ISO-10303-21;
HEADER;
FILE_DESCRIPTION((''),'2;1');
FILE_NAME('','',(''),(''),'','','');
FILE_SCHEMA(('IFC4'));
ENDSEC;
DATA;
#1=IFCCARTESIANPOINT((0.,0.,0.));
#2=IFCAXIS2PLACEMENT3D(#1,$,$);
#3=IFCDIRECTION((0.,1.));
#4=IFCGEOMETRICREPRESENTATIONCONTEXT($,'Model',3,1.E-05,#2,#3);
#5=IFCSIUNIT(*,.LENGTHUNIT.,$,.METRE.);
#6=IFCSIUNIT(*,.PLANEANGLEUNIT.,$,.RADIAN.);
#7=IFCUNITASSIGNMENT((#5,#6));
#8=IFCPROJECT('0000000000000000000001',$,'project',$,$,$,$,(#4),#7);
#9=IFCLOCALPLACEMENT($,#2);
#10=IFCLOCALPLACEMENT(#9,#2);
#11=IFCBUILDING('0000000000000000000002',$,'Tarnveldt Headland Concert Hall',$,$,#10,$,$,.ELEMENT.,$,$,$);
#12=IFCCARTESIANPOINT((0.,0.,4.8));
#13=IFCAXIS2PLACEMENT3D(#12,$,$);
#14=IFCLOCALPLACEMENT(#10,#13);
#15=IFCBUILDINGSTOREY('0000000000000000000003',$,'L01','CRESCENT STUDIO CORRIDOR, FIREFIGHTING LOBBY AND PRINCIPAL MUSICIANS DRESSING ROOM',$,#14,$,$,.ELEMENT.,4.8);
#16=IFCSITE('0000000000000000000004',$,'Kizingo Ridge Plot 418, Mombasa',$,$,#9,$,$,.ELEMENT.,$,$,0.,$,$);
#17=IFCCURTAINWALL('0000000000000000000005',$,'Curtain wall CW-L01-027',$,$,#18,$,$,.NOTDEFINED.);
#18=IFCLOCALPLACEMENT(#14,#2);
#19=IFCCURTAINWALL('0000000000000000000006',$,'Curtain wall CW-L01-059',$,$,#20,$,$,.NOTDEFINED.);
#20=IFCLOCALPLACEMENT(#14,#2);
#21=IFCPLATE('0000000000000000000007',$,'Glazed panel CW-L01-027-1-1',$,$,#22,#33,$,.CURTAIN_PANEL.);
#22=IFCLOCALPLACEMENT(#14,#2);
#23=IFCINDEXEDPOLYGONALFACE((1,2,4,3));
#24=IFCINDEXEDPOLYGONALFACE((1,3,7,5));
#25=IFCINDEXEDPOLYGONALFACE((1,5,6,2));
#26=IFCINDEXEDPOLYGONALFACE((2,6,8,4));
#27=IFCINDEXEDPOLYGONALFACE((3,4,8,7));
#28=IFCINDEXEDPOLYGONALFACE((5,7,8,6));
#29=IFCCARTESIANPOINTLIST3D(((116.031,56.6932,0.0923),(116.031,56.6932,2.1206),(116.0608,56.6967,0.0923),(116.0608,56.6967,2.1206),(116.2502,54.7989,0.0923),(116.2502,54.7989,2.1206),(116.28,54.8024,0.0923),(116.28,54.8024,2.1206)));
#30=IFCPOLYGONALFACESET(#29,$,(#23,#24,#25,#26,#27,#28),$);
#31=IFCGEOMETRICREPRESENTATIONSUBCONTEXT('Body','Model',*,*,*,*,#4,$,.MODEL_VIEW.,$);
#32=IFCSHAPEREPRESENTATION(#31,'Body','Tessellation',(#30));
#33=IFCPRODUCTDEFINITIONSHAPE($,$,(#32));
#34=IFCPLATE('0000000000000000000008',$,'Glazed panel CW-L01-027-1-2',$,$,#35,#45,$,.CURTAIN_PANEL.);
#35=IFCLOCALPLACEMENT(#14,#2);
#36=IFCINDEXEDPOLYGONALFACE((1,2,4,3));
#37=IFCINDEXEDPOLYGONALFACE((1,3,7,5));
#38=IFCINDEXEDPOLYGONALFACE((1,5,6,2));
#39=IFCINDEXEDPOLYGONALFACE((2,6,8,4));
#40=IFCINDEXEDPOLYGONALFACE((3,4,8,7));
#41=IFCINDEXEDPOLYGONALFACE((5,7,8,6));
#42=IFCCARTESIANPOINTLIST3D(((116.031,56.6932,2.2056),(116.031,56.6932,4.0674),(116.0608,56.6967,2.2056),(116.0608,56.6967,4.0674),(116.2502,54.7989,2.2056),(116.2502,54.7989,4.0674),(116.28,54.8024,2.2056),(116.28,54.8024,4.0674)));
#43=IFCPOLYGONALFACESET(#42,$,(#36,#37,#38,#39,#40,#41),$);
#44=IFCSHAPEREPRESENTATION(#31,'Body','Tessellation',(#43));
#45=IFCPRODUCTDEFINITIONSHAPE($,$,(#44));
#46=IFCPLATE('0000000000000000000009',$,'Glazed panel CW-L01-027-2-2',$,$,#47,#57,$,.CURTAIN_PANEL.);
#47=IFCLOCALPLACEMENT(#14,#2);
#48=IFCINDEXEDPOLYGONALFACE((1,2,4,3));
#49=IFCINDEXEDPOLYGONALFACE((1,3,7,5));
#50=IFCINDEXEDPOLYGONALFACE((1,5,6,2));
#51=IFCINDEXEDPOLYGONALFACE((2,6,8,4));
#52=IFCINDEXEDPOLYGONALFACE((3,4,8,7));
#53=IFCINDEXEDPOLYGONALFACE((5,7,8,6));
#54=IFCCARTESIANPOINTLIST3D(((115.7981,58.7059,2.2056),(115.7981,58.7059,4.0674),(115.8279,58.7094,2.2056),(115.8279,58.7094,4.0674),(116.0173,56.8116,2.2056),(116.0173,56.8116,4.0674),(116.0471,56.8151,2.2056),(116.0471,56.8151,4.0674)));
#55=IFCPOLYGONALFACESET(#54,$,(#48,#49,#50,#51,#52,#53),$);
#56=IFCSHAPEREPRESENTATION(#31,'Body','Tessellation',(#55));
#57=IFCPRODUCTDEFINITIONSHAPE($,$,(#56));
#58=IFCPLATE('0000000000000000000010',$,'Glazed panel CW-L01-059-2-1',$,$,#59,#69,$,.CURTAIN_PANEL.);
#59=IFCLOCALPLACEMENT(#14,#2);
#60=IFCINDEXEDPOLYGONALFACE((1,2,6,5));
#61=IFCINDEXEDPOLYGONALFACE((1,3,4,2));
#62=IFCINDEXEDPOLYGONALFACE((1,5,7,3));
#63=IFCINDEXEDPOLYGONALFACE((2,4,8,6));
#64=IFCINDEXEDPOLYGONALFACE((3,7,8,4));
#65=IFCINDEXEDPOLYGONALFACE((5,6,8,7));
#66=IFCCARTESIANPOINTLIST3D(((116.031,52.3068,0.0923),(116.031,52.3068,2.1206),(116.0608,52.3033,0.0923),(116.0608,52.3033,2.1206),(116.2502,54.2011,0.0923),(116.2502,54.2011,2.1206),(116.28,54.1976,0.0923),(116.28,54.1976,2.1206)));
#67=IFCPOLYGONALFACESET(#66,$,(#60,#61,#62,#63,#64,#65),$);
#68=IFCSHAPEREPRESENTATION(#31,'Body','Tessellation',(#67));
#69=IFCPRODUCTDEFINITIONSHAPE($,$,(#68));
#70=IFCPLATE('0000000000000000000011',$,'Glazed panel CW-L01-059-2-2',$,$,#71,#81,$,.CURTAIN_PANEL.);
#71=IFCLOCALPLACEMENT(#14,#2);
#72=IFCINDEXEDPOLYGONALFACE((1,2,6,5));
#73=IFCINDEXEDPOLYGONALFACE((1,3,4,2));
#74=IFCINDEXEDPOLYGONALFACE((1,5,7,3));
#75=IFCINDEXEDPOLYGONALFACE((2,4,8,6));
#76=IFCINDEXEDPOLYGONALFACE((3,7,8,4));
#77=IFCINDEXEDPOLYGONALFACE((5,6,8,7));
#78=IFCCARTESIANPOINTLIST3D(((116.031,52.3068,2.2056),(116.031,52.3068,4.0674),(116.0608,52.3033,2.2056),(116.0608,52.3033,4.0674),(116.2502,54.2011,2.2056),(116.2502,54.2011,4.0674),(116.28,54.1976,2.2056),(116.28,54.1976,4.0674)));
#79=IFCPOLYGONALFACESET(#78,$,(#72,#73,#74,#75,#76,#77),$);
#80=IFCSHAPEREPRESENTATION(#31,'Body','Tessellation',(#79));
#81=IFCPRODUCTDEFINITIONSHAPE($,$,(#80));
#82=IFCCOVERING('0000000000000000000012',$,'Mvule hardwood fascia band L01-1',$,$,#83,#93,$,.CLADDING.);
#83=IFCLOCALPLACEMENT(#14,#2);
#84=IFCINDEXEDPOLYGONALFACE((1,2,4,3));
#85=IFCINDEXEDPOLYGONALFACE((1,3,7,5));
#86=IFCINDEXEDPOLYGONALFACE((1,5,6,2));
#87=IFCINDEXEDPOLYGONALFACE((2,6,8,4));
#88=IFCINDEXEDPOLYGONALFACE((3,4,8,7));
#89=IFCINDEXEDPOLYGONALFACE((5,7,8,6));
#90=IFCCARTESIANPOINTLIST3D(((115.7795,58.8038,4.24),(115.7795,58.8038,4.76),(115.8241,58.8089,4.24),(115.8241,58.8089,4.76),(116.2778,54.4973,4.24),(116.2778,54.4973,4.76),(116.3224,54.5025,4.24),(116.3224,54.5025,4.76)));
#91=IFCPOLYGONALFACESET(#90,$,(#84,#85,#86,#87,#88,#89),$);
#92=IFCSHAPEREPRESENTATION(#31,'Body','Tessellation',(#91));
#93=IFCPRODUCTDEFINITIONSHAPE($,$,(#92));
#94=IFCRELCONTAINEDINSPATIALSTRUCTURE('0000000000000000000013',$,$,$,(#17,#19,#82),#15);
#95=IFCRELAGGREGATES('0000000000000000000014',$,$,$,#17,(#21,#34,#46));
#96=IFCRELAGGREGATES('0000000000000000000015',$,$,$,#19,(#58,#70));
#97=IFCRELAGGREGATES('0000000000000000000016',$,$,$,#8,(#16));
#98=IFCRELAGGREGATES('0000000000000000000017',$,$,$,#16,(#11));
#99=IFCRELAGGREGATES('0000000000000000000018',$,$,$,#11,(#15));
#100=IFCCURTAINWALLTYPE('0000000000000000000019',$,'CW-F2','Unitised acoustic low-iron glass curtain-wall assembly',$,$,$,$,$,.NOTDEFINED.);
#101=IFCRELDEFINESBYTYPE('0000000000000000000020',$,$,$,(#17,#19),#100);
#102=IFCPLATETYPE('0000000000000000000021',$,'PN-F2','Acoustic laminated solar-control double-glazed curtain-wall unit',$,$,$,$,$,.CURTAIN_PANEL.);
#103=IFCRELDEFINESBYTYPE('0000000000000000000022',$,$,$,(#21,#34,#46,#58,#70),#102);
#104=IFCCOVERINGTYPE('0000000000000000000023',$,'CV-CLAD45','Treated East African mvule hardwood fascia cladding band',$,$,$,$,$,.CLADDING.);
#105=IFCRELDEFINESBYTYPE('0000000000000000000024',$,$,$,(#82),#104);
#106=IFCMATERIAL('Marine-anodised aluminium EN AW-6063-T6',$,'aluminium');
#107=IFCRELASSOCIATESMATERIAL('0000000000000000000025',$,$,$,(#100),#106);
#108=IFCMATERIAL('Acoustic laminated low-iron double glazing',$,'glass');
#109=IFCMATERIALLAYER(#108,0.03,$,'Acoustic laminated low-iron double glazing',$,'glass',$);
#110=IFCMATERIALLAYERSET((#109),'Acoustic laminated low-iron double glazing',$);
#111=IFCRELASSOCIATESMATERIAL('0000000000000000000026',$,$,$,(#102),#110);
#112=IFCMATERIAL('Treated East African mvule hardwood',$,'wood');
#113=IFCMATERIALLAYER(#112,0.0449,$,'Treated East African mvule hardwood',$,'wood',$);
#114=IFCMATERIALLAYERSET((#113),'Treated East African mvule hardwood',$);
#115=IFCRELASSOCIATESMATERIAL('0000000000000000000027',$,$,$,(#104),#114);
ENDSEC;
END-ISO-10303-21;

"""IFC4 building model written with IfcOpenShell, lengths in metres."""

from ifc_helpers import new_model, si_unit, direction, frame, frame_2d, origin, origin_2d, place, context, subcontext, project, spatial, rectangle, extrude, material, layer, layer_set, type_object, element, aggregate, save


model = new_model("IFC4")

# Units and contexts
model_context = context("Model", 3, precision=1e-05, world=origin(), true_north=direction((0.0, 1.0)))
body_context = subcontext(model_context, "Body", "Model", "MODEL_VIEW")
ifc_project = project(units=[si_unit("LENGTHUNIT", "METRE"), si_unit("PLANEANGLEUNIT", "RADIAN")], contexts=[model_context])

# Site, building, storey
site_placement = place(None, origin())
site = spatial("IfcSite", under=ifc_project, at=site_placement, Name="Kizingo Ridge Plot 418, Mombasa", CompositionType="ELEMENT", RefElevation=0.0)
building_placement = place(site_placement, origin())
building = spatial("IfcBuilding", under=site, at=building_placement, Name="Tarnveldt Headland Concert Hall", CompositionType="ELEMENT")
storey_placement = place(building_placement, frame((0.0, 0.0, 4.8)))
storey = spatial("IfcBuildingStorey", under=building, at=storey_placement, Name="L01", Description="CRESCENT STUDIO CORRIDOR, FIREFIGHTING LOBBY AND PRINCIPAL MUSICIANS DRESSING ROOM", CompositionType="ELEMENT", Elevation=4.8)

# Shared definitions
ifc_material_1 = material(Name="Marine-anodised aluminium EN AW-6063-T6", Category="aluminium")

# Curtain walls
curtain_wall_type_1 = type_object("IfcCurtainWallType", Name="CW-F2", Description="Unitised acoustic low-iron glass curtain-wall assembly", PredefinedType="NOTDEFINED", material=ifc_material_1)
curtain_wall_1_placement = place(storey_placement, origin())
curtain_wall_1 = element("IfcCurtainWall", 1, at=curtain_wall_1_placement, inside=storey, type_object=curtain_wall_type_1, Name="Curtain wall CW-L01-027", PredefinedType="NOTDEFINED")
curtain_wall_2_placement = place(storey_placement, origin())
curtain_wall_2 = element("IfcCurtainWall", 2, at=curtain_wall_2_placement, inside=storey, type_object=curtain_wall_type_1, Name="Curtain wall CW-L01-059", PredefinedType="NOTDEFINED")

# Plates
ifc_material_2 = material(Name="Acoustic laminated low-iron double glazing", Category="glass")
ifc_layer_1 = layer(ifc_material_2, 0.03, Name="Acoustic laminated low-iron double glazing", Category="glass")
ifc_layer_set_1 = layer_set([ifc_layer_1], Name="Acoustic laminated low-iron double glazing")
plate_type_1 = type_object("IfcPlateType", Name="PN-F2", Description="Acoustic laminated solar-control double-glazed curtain-wall unit", PredefinedType="CURTAIN_PANEL", material=ifc_layer_set_1)
plate_1_placement = place(storey_placement, frame((116.1555, 55.7478, 0.0923), z_axis=(0.0, 0.0, 1.0), x_axis=(-0.114937, 0.993373, 0.0)))
plate_1 = element("IfcPlate", 3, at=plate_1_placement, type_object=plate_type_1, Name="Glazed panel CW-L01-027-1-1", PredefinedType="CURTAIN_PANEL", context=body_context, shape_type="SweptSolid", body=[
    extrude(rectangle(XDim=1.907, YDim=0.03, at=origin_2d()), origin(), (0.0, 0.0, 1.0), 2.0283),
])
plate_2_placement = place(storey_placement, frame((116.1555, 55.7478, 2.2056), z_axis=(0.0, 0.0, 1.0), x_axis=(-0.114937, 0.993373, 0.0)))
plate_2 = element("IfcPlate", 4, at=plate_2_placement, type_object=plate_type_1, Name="Glazed panel CW-L01-027-1-2", PredefinedType="CURTAIN_PANEL", context=body_context, shape_type="SweptSolid", body=[
    extrude(rectangle(XDim=1.907, YDim=0.03, at=origin_2d()), origin(), (0.0, 0.0, 1.0), 1.8618),
])
plate_3_placement = place(storey_placement, frame((115.9226, 57.7605, 2.2056), z_axis=(0.0, 0.0, 1.0), x_axis=(-0.114937, 0.993373, 0.0)))
plate_3 = element("IfcPlate", 5, at=plate_3_placement, type_object=plate_type_1, Name="Glazed panel CW-L01-027-2-2", PredefinedType="CURTAIN_PANEL", context=body_context, shape_type="SweptSolid", body=[
    extrude(rectangle(XDim=1.907, YDim=0.03, at=origin_2d()), origin(), (0.0, 0.0, 1.0), 1.8618),
])
aggregate(curtain_wall_1, [plate_1, plate_2, plate_3])
plate_4_placement = place(storey_placement, frame((116.1555, 53.2522, 0.0923), z_axis=(0.0, 0.0, 1.0), x_axis=(0.114937, 0.993373, 0.0)))
plate_4 = element("IfcPlate", 6, at=plate_4_placement, type_object=plate_type_1, Name="Glazed panel CW-L01-059-2-1", PredefinedType="CURTAIN_PANEL", context=body_context, shape_type="SweptSolid", body=[
    extrude(rectangle(XDim=1.907, YDim=0.03, at=origin_2d()), origin(), (0.0, 0.0, 1.0), 2.0283),
])
plate_5_placement = place(storey_placement, frame((116.1555, 53.2522, 2.2056), z_axis=(0.0, 0.0, 1.0), x_axis=(0.114937, 0.993373, 0.0)))
plate_5 = element("IfcPlate", 7, at=plate_5_placement, type_object=plate_type_1, Name="Glazed panel CW-L01-059-2-2", PredefinedType="CURTAIN_PANEL", context=body_context, shape_type="SweptSolid", body=[
    extrude(rectangle(XDim=1.907, YDim=0.03, at=origin_2d()), origin(), (0.0, 0.0, 1.0), 1.8618),
])
aggregate(curtain_wall_2, [plate_4, plate_5])

# Covering
ifc_material_3 = material(Name="Treated East African mvule hardwood", Category="wood")
ifc_layer_2 = layer(ifc_material_3, 0.0449, Name="Treated East African mvule hardwood", Category="wood")
ifc_layer_set_2 = layer_set([ifc_layer_2], Name="Treated East African mvule hardwood")
covering_type = type_object("IfcCoveringType", Name="CV-CLAD45", Description="Treated East African mvule hardwood fascia cladding band", PredefinedType="CLADDING", material=ifc_layer_set_2)
covering_placement = place(storey_placement, frame((116.3, 54.5, 4.24), z_axis=(0.0, 0.0, 1.0), x_axis=(-0.114943, 0.993372, 0.0)))
element("IfcCovering", 8, at=covering_placement, inside=storey, type_object=covering_type, Name="Mvule hardwood fascia band L01-1", PredefinedType="CLADDING", context=body_context, shape_type="SweptSolid", body=[
    extrude(rectangle(XDim=4.3352, YDim=0.0449, at=frame_2d((2.1675, 0.0))), origin(), (0.0, 0.0, 1.0), 0.52),
])

save(model, "model.ifc")
